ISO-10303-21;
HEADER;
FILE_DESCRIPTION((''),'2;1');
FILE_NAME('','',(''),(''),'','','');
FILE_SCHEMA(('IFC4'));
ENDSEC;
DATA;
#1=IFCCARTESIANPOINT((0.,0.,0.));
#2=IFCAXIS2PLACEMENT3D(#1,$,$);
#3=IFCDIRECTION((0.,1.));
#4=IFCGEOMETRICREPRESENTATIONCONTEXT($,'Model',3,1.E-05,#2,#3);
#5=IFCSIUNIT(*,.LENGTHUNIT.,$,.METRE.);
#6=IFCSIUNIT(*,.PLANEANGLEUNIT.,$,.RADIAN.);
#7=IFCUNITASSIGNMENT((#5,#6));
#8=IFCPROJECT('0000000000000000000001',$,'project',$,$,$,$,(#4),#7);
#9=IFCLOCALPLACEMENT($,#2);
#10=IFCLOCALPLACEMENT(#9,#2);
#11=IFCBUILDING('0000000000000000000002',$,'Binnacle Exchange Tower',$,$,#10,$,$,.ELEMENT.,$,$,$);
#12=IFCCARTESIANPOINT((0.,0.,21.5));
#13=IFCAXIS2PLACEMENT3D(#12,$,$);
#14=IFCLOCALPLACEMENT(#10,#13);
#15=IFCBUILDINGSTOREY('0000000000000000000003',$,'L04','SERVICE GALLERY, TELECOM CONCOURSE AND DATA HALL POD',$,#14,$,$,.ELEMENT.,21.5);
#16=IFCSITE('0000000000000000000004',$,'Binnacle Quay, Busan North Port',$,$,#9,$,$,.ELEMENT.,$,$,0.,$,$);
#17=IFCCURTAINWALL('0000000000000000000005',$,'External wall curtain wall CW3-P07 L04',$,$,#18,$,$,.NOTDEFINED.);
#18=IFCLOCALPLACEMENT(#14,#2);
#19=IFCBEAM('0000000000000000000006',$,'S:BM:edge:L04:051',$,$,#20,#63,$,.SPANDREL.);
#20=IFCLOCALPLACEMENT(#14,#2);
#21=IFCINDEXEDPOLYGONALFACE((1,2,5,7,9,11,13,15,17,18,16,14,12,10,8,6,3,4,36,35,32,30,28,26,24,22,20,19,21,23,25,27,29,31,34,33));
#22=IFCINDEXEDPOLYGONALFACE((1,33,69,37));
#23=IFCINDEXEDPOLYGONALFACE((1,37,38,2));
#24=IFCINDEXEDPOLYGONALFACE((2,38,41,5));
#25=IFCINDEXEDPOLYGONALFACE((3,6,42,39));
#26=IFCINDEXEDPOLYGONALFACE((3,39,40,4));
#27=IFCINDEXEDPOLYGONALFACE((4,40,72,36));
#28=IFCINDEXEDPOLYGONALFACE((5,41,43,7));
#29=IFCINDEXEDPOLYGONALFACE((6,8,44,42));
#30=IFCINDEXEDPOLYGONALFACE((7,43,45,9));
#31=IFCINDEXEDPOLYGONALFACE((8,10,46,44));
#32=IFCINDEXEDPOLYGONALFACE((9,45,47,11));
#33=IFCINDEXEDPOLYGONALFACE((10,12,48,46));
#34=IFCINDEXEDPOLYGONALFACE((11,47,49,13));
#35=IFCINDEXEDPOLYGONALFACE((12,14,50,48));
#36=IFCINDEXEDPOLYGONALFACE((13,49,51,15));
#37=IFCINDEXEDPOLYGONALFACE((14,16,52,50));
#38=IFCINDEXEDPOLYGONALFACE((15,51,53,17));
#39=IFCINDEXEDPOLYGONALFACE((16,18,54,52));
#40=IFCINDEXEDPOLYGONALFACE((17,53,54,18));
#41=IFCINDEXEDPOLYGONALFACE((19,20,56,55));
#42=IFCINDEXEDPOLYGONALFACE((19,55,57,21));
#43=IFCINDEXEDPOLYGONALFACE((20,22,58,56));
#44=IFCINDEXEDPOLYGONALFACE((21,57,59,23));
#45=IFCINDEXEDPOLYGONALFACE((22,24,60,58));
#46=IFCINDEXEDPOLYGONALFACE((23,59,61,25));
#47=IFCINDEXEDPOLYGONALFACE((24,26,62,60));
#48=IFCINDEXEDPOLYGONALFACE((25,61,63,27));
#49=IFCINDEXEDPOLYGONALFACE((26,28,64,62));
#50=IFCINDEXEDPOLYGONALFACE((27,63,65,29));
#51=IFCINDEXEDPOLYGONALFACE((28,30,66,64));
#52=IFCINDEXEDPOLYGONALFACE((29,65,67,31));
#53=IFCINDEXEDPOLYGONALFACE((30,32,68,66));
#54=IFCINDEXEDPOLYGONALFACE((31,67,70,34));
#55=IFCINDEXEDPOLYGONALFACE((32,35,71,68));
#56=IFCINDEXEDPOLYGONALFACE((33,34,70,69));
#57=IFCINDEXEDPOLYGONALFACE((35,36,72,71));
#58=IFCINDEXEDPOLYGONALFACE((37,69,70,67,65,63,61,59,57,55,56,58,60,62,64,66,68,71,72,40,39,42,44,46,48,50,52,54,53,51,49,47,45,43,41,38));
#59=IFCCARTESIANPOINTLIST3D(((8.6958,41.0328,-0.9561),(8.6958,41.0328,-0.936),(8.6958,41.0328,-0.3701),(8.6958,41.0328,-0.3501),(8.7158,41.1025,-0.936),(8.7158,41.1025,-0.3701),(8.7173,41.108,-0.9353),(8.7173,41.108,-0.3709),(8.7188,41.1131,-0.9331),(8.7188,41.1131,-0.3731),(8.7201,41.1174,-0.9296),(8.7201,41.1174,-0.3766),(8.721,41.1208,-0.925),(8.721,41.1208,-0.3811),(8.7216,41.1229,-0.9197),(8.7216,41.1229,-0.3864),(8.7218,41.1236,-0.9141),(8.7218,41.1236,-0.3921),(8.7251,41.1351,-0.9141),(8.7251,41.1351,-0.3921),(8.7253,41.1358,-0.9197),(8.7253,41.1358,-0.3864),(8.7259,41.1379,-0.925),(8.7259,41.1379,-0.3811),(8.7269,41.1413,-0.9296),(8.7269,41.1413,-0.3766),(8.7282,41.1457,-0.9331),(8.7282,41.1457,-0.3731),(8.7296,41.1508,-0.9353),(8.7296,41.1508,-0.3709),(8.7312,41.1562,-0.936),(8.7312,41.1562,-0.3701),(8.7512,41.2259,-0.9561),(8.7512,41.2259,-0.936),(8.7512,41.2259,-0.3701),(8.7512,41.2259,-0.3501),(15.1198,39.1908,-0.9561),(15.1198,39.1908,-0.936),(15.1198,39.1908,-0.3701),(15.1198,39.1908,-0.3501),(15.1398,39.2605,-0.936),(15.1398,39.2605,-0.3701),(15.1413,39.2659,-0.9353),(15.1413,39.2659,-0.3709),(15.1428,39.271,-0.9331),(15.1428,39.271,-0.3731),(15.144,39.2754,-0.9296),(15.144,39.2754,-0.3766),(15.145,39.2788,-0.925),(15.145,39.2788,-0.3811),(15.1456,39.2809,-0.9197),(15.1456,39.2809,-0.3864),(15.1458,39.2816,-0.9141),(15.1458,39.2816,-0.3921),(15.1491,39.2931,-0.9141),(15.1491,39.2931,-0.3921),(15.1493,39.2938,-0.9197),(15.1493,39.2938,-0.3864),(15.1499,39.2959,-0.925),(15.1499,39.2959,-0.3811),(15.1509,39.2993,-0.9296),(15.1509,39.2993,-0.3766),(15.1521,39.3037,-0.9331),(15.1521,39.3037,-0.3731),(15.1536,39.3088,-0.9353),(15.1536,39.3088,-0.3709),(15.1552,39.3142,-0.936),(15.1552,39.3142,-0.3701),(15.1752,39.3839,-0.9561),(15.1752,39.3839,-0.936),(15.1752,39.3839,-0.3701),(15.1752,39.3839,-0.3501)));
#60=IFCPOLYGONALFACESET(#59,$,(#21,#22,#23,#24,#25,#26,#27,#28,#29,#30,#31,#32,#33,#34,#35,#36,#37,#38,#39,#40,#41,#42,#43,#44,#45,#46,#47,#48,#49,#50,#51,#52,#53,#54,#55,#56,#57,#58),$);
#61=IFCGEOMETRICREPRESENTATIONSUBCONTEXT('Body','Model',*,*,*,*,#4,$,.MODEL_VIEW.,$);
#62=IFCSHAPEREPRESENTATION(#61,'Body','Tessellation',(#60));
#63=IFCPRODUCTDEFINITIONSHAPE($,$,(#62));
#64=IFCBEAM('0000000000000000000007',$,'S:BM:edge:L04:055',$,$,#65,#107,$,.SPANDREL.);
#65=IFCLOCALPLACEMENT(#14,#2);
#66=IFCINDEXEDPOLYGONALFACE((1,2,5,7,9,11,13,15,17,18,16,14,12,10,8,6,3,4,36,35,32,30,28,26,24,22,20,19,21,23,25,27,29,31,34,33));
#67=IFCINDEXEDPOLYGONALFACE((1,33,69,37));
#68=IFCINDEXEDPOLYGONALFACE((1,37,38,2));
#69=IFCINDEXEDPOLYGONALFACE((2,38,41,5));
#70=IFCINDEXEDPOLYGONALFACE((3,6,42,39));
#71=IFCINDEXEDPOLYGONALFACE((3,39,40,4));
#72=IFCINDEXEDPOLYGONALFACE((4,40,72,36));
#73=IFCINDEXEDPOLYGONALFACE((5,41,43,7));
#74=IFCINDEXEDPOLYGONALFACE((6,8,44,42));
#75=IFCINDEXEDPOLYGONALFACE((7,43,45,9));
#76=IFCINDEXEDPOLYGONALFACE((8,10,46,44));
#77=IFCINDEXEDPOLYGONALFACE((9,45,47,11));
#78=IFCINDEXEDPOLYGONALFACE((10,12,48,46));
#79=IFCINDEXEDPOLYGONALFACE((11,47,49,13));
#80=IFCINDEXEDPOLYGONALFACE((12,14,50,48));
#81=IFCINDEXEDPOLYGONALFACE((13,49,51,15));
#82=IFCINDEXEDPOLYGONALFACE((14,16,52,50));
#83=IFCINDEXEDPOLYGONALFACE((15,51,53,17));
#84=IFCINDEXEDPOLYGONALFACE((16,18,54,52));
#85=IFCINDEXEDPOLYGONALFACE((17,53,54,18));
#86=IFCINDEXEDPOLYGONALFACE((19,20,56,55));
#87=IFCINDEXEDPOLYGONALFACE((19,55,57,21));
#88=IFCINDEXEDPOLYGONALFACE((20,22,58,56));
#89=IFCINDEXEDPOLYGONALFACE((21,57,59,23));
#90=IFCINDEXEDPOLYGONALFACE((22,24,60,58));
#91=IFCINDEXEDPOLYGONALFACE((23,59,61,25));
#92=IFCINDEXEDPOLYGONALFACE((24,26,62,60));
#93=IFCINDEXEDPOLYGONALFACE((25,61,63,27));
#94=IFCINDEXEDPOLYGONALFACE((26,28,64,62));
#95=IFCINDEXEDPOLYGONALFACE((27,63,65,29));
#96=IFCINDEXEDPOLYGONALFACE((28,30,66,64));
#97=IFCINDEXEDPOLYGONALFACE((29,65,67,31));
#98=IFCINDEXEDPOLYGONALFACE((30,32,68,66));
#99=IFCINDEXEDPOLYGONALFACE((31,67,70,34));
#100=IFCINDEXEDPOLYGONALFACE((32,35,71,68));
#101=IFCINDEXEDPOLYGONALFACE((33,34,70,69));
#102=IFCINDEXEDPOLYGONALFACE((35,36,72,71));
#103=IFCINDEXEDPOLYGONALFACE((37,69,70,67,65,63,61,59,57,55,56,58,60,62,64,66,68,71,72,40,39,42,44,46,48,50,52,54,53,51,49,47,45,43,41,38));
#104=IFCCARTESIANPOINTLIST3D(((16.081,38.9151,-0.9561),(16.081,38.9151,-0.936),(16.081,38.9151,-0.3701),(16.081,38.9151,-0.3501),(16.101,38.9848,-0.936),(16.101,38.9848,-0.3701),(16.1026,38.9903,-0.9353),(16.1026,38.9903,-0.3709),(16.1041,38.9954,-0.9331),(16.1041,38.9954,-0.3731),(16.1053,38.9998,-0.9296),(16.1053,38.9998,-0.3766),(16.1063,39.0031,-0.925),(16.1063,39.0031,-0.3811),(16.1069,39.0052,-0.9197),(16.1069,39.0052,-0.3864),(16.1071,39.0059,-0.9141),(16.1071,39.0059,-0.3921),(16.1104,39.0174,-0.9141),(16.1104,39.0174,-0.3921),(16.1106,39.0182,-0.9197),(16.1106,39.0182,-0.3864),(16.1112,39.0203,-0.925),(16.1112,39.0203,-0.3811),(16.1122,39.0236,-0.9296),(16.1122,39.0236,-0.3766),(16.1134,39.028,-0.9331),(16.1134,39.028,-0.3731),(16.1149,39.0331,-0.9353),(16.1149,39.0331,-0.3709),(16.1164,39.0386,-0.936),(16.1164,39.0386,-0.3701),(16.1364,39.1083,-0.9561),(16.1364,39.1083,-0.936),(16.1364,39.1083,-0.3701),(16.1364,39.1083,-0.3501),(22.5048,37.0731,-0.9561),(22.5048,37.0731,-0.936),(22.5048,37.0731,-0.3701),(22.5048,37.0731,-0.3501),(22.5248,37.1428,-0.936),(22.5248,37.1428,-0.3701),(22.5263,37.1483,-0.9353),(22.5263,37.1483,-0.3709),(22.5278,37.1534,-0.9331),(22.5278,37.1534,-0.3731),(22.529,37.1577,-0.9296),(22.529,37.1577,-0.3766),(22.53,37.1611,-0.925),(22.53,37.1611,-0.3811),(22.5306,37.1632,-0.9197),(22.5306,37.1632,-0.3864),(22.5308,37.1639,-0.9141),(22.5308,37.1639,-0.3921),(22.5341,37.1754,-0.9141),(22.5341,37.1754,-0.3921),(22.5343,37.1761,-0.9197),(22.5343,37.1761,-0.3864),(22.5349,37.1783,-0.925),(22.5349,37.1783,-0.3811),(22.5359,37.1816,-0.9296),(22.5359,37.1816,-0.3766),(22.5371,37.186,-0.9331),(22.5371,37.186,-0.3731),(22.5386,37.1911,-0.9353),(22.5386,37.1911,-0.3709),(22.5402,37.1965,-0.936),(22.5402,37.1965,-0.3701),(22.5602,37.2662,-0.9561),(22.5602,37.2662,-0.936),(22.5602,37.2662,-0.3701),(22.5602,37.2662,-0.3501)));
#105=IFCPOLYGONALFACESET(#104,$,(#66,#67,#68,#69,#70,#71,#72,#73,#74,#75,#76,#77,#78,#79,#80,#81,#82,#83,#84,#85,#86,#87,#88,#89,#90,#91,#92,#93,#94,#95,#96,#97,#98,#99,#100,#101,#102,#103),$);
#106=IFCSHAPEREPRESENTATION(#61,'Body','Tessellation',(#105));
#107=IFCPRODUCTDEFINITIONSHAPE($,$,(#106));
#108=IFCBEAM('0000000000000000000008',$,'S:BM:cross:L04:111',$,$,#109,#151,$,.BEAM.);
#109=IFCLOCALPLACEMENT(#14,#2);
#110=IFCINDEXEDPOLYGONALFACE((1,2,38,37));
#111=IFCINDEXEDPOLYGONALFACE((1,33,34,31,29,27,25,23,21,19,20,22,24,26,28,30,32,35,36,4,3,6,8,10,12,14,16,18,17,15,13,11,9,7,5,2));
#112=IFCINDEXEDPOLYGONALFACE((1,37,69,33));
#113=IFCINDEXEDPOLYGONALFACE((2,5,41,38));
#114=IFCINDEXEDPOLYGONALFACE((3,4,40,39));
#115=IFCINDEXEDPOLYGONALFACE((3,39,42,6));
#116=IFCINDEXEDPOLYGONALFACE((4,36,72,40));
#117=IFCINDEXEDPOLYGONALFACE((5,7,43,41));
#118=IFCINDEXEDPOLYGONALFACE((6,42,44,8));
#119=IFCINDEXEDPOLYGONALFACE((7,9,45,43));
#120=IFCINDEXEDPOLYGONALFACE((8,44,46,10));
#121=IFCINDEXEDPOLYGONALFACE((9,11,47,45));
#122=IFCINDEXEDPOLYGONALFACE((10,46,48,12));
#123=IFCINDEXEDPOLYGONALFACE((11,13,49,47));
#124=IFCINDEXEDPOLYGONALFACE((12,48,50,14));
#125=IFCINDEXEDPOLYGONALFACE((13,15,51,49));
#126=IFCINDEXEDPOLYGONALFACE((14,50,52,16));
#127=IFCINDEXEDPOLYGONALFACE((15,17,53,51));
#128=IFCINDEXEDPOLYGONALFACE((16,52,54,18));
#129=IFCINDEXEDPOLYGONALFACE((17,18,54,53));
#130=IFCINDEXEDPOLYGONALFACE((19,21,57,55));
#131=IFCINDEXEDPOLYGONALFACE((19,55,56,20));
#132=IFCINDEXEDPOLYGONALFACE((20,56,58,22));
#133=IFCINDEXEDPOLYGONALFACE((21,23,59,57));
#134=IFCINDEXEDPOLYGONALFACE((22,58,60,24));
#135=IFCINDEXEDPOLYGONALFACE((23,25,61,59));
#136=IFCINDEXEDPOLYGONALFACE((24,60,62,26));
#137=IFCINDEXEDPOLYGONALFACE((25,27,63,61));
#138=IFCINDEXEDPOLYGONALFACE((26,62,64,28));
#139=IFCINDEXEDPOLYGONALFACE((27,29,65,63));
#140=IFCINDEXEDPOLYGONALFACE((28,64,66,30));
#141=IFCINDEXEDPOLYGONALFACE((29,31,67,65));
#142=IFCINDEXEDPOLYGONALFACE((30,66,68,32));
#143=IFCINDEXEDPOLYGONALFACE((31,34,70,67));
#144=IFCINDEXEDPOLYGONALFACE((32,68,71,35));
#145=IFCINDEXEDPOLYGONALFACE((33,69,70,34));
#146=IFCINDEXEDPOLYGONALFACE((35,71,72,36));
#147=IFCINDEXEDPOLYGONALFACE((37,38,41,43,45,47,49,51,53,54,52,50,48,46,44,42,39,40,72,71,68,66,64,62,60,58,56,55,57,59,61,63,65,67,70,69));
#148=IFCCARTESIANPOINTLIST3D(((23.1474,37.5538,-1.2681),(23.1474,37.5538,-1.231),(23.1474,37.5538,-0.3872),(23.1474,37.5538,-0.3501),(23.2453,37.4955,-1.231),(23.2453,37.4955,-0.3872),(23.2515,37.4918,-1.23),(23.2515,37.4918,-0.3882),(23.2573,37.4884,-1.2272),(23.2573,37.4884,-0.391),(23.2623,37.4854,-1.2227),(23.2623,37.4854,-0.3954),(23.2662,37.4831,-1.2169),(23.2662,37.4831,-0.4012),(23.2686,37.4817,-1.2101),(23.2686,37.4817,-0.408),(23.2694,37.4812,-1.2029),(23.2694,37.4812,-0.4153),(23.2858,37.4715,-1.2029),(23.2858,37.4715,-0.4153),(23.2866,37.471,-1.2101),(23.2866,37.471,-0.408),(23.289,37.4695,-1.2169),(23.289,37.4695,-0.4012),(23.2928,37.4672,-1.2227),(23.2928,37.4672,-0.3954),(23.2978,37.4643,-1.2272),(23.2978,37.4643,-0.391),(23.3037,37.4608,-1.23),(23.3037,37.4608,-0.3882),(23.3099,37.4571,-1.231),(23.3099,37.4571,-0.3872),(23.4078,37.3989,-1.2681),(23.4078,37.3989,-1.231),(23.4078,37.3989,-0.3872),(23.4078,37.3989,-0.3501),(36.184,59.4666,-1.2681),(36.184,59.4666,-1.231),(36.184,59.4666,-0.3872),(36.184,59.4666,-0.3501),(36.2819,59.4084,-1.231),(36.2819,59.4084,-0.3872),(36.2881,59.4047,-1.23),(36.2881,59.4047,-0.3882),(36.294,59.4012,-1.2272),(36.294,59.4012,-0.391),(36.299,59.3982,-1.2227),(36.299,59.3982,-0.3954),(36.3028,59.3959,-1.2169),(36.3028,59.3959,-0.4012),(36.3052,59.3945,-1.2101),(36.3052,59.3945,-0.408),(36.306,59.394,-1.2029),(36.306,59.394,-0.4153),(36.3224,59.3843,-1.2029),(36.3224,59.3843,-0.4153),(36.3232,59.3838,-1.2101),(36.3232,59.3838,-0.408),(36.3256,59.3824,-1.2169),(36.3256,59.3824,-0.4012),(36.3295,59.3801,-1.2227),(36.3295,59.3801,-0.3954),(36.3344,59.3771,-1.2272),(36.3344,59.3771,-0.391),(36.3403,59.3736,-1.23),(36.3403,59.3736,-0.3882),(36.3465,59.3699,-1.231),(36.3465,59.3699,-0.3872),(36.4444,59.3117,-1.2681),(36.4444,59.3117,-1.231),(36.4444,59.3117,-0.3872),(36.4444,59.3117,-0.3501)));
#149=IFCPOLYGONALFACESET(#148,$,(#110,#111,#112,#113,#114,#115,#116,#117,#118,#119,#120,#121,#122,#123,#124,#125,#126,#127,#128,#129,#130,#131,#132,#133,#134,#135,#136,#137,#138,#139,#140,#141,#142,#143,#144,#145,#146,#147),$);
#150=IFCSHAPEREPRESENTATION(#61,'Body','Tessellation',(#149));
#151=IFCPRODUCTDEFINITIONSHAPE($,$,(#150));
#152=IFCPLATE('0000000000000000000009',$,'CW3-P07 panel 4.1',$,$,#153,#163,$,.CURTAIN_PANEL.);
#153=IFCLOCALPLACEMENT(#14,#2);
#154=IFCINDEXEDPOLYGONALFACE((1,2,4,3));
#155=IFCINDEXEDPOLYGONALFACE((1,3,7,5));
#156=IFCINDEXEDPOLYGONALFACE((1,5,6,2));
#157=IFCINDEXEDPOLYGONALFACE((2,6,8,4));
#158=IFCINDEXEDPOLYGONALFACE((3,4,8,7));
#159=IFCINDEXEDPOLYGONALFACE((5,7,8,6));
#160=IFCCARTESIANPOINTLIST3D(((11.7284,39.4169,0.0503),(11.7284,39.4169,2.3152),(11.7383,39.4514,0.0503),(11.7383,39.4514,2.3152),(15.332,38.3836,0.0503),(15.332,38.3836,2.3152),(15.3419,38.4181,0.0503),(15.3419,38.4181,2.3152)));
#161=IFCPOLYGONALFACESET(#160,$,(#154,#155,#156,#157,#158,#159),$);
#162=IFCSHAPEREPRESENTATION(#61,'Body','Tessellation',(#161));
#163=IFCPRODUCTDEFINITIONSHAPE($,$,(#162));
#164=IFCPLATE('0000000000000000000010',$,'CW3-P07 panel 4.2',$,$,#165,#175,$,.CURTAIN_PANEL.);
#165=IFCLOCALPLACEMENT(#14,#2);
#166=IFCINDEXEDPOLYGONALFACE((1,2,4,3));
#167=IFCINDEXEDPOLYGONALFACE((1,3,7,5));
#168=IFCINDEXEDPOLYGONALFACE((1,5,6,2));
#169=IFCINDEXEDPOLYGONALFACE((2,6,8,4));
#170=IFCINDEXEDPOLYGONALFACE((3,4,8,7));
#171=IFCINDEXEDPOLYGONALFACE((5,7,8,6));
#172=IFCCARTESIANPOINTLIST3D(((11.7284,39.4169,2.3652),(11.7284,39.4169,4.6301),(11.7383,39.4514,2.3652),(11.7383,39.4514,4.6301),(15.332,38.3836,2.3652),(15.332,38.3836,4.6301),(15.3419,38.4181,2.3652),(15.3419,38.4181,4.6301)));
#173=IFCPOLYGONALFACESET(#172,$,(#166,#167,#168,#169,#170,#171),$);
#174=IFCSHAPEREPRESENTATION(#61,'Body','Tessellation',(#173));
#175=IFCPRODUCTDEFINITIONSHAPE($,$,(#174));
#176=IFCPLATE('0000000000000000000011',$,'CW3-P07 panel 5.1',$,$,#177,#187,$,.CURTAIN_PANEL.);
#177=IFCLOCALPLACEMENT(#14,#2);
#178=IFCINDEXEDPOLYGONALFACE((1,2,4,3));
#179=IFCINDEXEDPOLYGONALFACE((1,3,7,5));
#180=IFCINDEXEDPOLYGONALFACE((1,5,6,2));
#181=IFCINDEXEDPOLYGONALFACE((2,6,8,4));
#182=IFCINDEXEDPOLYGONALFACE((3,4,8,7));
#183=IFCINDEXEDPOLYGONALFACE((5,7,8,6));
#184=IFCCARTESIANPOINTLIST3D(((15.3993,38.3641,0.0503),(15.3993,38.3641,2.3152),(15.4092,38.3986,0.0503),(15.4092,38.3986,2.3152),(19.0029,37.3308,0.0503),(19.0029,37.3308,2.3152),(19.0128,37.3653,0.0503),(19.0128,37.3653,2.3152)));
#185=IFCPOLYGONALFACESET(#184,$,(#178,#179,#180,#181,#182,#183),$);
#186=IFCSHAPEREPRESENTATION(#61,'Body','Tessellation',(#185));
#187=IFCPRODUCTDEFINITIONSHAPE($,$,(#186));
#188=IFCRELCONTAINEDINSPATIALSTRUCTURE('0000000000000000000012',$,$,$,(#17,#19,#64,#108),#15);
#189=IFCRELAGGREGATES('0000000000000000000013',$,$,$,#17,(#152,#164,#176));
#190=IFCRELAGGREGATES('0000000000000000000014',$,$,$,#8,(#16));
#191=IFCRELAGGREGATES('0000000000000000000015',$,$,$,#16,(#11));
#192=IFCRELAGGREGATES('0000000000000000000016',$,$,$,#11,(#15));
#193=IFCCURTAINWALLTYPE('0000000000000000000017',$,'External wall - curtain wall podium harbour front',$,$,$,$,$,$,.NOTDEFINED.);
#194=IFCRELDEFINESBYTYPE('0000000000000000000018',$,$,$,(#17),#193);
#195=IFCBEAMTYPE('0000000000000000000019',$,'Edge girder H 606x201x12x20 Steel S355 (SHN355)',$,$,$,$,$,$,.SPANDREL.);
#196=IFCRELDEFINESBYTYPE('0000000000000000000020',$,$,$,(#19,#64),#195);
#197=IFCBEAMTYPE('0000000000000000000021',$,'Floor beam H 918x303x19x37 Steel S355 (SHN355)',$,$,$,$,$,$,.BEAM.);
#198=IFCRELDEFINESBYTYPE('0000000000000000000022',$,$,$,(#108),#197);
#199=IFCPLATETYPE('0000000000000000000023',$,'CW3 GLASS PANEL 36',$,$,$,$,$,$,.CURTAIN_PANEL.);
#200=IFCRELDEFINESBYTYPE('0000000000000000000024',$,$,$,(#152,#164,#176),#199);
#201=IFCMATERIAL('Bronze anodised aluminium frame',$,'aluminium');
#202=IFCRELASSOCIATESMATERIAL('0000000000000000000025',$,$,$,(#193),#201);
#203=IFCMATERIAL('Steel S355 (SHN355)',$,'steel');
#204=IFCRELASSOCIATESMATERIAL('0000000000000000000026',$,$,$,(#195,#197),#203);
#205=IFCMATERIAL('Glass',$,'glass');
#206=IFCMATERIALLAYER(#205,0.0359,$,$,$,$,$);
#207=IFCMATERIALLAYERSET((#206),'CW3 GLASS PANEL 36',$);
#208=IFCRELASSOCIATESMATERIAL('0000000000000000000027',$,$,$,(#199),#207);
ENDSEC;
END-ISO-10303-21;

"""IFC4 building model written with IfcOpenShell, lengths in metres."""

from ifc_helpers import new_model, si_unit, direction, frame, origin, origin_2d, place, context, subcontext, project, spatial, rectangle, i_section, extrude, material, layer, layer_set, material_profile, profile_set, type_object, element, aggregate, save


model = new_model("IFC4")

# Units and contexts
model_context = context("Model", 3, precision=1e-05, world=origin(), true_north=direction((0.0, 1.0)))
body_context = subcontext(model_context, "Body", "Model", "MODEL_VIEW")
ifc_project = project(units=[si_unit("LENGTHUNIT", "METRE"), si_unit("PLANEANGLEUNIT", "RADIAN")], contexts=[model_context])

# Site, building, storey
site_placement = place(None, origin())
site = spatial("IfcSite", under=ifc_project, at=site_placement, Name="Binnacle Quay, Busan North Port", CompositionType="ELEMENT", RefElevation=0.0)
building_placement = place(site_placement, origin())
building = spatial("IfcBuilding", under=site, at=building_placement, Name="Binnacle Exchange Tower", CompositionType="ELEMENT")
storey_placement = place(building_placement, frame((0.0, 0.0, 21.5)))
storey = spatial("IfcBuildingStorey", under=building, at=storey_placement, Name="L04", Description="SERVICE GALLERY, TELECOM CONCOURSE AND DATA HALL POD", CompositionType="ELEMENT", Elevation=21.5)

# Curtain wall
ifc_material_1 = material(Name="Bronze anodised aluminium frame", Category="aluminium")
curtain_wall_type = type_object("IfcCurtainWallType", Name="External wall - curtain wall podium harbour front", PredefinedType="NOTDEFINED", material=ifc_material_1)
curtain_wall_placement = place(storey_placement, origin())
curtain_wall = element("IfcCurtainWall", 1, at=curtain_wall_placement, inside=storey, type_object=curtain_wall_type, Name="External wall curtain wall CW3-P07 L04", PredefinedType="NOTDEFINED")

# Beams
ifc_material_2 = material(Name="Steel S355 (SHN355)", Category="steel")
ifc_material_profile_1 = material_profile(ifc_material_2, i_section(OverallWidth=0.2009, OverallDepth=0.606, WebThickness=0.012, FlangeThickness=0.02, FilletRadius=0.022, at=origin_2d()), Name="H 606x201x12x20")
ifc_profile_set_1 = profile_set([ifc_material_profile_1], Name="Steel S355 (SHN355)")
beam_type_1 = type_object("IfcBeamType", Name="Edge girder H 606x201x12x20 Steel S355 (SHN355)", PredefinedType="SPANDREL", material=ifc_profile_set_1)
beam_1_placement = place(storey_placement, frame((15.1475, 39.2874, -0.6531), z_axis=(-0.961263, 0.275633, 0.0), x_axis=(-0.275633, -0.961263, 0.0)))
element("IfcBeam", 2, at=beam_1_placement, inside=storey, type_object=beam_type_1, Name="S:BM:edge:L04:051", PredefinedType="SPANDREL", context=body_context, shape_type="SweptSolid", body=[
    extrude(i_section(OverallWidth=0.2009, OverallDepth=0.606, WebThickness=0.012, FlangeThickness=0.02, FilletRadius=0.022, at=origin_2d()), origin(), (0.0, 0.0, 1.0), 6.6829),
])
beam_2_placement = place(storey_placement, frame((22.5325, 37.1697, -0.6531), z_axis=(-0.96126, 0.275643, 0.0), x_axis=(-0.275643, -0.96126, 0.0)))
element("IfcBeam", 3, at=beam_2_placement, inside=storey, type_object=beam_type_1, Name="S:BM:edge:L04:055", PredefinedType="SPANDREL", context=body_context, shape_type="SweptSolid", body=[
    extrude(i_section(OverallWidth=0.2009, OverallDepth=0.606, WebThickness=0.012, FlangeThickness=0.02, FilletRadius=0.022, at=origin_2d()), origin(), (0.0, 0.0, 1.0), 6.6826),
])
ifc_material_profile_2 = material_profile(ifc_material_2, i_section(OverallWidth=0.303, OverallDepth=0.918, WebThickness=0.019, FlangeThickness=0.0371, FilletRadius=0.0281, at=origin_2d()), Name="H 918x303x19x37")
ifc_profile_set_2 = profile_set([ifc_material_profile_2], Name="Steel S355 (SHN355)")
beam_type_2 = type_object("IfcBeamType", Name="Floor beam H 918x303x19x37 Steel S355 (SHN355)", PredefinedType="BEAM", material=ifc_profile_set_2)
beam_3_placement = place(storey_placement, frame((23.2776, 37.4763, -0.8091), z_axis=(0.511289, 0.859409, 0.0), x_axis=(-0.859409, 0.511289, 0.0)))
element("IfcBeam", 4, at=beam_3_placement, inside=storey, type_object=beam_type_2, Name="S:BM:cross:L04:111", PredefinedType="BEAM", context=body_context, shape_type="SweptSolid", body=[
    extrude(i_section(OverallWidth=0.303, OverallDepth=0.918, WebThickness=0.019, FlangeThickness=0.0371, FilletRadius=0.0281, at=origin_2d()), origin(), (0.0, 0.0, 1.0), 25.4976),
])

# Plates
ifc_material_3 = material(Name="Glass", Category="glass")
ifc_layer_1 = layer(ifc_material_3, 0.0359)
ifc_layer_set_1 = layer_set([ifc_layer_1], Name="CW3 GLASS PANEL 36")
plate_type = type_object("IfcPlateType", Name="CW3 GLASS PANEL 36", PredefinedType="CURTAIN_PANEL", material=ifc_layer_set_1)
plate_1_placement = place(storey_placement, frame((13.5352, 38.9175, 0.0503), z_axis=(0.0, 0.0, 1.0), x_axis=(0.961262, -0.275637, 0.0)))
plate_1 = element("IfcPlate", 5, at=plate_1_placement, type_object=plate_type, Name="CW3-P07 panel 4.1", PredefinedType="CURTAIN_PANEL", context=body_context, shape_type="SweptSolid", body=[
    extrude(rectangle(XDim=3.7488, YDim=0.0359, at=origin_2d()), origin(), (0.0, 0.0, 1.0), 2.2649),
])
plate_2_placement = place(storey_placement, frame((13.5352, 38.9175, 2.3652), z_axis=(0.0, 0.0, 1.0), x_axis=(0.961262, -0.275637, 0.0)))
plate_2 = element("IfcPlate", 6, at=plate_2_placement, type_object=plate_type, Name="CW3-P07 panel 4.2", PredefinedType="CURTAIN_PANEL", context=body_context, shape_type="SweptSolid", body=[
    extrude(rectangle(XDim=3.7488, YDim=0.0359, at=origin_2d()), origin(), (0.0, 0.0, 1.0), 2.2649),
])
plate_3_placement = place(storey_placement, frame((17.2061, 37.8647, 0.0503), z_axis=(0.0, 0.0, 1.0), x_axis=(0.961262, -0.275637, 0.0)))
plate_3 = element("IfcPlate", 7, at=plate_3_placement, type_object=plate_type, Name="CW3-P07 panel 5.1", PredefinedType="CURTAIN_PANEL", context=body_context, shape_type="SweptSolid", body=[
    extrude(rectangle(XDim=3.7488, YDim=0.0359, at=origin_2d()), origin(), (0.0, 0.0, 1.0), 2.2649),
])
aggregate(curtain_wall, [plate_1, plate_2, plate_3])

save(model, "model.ifc")
